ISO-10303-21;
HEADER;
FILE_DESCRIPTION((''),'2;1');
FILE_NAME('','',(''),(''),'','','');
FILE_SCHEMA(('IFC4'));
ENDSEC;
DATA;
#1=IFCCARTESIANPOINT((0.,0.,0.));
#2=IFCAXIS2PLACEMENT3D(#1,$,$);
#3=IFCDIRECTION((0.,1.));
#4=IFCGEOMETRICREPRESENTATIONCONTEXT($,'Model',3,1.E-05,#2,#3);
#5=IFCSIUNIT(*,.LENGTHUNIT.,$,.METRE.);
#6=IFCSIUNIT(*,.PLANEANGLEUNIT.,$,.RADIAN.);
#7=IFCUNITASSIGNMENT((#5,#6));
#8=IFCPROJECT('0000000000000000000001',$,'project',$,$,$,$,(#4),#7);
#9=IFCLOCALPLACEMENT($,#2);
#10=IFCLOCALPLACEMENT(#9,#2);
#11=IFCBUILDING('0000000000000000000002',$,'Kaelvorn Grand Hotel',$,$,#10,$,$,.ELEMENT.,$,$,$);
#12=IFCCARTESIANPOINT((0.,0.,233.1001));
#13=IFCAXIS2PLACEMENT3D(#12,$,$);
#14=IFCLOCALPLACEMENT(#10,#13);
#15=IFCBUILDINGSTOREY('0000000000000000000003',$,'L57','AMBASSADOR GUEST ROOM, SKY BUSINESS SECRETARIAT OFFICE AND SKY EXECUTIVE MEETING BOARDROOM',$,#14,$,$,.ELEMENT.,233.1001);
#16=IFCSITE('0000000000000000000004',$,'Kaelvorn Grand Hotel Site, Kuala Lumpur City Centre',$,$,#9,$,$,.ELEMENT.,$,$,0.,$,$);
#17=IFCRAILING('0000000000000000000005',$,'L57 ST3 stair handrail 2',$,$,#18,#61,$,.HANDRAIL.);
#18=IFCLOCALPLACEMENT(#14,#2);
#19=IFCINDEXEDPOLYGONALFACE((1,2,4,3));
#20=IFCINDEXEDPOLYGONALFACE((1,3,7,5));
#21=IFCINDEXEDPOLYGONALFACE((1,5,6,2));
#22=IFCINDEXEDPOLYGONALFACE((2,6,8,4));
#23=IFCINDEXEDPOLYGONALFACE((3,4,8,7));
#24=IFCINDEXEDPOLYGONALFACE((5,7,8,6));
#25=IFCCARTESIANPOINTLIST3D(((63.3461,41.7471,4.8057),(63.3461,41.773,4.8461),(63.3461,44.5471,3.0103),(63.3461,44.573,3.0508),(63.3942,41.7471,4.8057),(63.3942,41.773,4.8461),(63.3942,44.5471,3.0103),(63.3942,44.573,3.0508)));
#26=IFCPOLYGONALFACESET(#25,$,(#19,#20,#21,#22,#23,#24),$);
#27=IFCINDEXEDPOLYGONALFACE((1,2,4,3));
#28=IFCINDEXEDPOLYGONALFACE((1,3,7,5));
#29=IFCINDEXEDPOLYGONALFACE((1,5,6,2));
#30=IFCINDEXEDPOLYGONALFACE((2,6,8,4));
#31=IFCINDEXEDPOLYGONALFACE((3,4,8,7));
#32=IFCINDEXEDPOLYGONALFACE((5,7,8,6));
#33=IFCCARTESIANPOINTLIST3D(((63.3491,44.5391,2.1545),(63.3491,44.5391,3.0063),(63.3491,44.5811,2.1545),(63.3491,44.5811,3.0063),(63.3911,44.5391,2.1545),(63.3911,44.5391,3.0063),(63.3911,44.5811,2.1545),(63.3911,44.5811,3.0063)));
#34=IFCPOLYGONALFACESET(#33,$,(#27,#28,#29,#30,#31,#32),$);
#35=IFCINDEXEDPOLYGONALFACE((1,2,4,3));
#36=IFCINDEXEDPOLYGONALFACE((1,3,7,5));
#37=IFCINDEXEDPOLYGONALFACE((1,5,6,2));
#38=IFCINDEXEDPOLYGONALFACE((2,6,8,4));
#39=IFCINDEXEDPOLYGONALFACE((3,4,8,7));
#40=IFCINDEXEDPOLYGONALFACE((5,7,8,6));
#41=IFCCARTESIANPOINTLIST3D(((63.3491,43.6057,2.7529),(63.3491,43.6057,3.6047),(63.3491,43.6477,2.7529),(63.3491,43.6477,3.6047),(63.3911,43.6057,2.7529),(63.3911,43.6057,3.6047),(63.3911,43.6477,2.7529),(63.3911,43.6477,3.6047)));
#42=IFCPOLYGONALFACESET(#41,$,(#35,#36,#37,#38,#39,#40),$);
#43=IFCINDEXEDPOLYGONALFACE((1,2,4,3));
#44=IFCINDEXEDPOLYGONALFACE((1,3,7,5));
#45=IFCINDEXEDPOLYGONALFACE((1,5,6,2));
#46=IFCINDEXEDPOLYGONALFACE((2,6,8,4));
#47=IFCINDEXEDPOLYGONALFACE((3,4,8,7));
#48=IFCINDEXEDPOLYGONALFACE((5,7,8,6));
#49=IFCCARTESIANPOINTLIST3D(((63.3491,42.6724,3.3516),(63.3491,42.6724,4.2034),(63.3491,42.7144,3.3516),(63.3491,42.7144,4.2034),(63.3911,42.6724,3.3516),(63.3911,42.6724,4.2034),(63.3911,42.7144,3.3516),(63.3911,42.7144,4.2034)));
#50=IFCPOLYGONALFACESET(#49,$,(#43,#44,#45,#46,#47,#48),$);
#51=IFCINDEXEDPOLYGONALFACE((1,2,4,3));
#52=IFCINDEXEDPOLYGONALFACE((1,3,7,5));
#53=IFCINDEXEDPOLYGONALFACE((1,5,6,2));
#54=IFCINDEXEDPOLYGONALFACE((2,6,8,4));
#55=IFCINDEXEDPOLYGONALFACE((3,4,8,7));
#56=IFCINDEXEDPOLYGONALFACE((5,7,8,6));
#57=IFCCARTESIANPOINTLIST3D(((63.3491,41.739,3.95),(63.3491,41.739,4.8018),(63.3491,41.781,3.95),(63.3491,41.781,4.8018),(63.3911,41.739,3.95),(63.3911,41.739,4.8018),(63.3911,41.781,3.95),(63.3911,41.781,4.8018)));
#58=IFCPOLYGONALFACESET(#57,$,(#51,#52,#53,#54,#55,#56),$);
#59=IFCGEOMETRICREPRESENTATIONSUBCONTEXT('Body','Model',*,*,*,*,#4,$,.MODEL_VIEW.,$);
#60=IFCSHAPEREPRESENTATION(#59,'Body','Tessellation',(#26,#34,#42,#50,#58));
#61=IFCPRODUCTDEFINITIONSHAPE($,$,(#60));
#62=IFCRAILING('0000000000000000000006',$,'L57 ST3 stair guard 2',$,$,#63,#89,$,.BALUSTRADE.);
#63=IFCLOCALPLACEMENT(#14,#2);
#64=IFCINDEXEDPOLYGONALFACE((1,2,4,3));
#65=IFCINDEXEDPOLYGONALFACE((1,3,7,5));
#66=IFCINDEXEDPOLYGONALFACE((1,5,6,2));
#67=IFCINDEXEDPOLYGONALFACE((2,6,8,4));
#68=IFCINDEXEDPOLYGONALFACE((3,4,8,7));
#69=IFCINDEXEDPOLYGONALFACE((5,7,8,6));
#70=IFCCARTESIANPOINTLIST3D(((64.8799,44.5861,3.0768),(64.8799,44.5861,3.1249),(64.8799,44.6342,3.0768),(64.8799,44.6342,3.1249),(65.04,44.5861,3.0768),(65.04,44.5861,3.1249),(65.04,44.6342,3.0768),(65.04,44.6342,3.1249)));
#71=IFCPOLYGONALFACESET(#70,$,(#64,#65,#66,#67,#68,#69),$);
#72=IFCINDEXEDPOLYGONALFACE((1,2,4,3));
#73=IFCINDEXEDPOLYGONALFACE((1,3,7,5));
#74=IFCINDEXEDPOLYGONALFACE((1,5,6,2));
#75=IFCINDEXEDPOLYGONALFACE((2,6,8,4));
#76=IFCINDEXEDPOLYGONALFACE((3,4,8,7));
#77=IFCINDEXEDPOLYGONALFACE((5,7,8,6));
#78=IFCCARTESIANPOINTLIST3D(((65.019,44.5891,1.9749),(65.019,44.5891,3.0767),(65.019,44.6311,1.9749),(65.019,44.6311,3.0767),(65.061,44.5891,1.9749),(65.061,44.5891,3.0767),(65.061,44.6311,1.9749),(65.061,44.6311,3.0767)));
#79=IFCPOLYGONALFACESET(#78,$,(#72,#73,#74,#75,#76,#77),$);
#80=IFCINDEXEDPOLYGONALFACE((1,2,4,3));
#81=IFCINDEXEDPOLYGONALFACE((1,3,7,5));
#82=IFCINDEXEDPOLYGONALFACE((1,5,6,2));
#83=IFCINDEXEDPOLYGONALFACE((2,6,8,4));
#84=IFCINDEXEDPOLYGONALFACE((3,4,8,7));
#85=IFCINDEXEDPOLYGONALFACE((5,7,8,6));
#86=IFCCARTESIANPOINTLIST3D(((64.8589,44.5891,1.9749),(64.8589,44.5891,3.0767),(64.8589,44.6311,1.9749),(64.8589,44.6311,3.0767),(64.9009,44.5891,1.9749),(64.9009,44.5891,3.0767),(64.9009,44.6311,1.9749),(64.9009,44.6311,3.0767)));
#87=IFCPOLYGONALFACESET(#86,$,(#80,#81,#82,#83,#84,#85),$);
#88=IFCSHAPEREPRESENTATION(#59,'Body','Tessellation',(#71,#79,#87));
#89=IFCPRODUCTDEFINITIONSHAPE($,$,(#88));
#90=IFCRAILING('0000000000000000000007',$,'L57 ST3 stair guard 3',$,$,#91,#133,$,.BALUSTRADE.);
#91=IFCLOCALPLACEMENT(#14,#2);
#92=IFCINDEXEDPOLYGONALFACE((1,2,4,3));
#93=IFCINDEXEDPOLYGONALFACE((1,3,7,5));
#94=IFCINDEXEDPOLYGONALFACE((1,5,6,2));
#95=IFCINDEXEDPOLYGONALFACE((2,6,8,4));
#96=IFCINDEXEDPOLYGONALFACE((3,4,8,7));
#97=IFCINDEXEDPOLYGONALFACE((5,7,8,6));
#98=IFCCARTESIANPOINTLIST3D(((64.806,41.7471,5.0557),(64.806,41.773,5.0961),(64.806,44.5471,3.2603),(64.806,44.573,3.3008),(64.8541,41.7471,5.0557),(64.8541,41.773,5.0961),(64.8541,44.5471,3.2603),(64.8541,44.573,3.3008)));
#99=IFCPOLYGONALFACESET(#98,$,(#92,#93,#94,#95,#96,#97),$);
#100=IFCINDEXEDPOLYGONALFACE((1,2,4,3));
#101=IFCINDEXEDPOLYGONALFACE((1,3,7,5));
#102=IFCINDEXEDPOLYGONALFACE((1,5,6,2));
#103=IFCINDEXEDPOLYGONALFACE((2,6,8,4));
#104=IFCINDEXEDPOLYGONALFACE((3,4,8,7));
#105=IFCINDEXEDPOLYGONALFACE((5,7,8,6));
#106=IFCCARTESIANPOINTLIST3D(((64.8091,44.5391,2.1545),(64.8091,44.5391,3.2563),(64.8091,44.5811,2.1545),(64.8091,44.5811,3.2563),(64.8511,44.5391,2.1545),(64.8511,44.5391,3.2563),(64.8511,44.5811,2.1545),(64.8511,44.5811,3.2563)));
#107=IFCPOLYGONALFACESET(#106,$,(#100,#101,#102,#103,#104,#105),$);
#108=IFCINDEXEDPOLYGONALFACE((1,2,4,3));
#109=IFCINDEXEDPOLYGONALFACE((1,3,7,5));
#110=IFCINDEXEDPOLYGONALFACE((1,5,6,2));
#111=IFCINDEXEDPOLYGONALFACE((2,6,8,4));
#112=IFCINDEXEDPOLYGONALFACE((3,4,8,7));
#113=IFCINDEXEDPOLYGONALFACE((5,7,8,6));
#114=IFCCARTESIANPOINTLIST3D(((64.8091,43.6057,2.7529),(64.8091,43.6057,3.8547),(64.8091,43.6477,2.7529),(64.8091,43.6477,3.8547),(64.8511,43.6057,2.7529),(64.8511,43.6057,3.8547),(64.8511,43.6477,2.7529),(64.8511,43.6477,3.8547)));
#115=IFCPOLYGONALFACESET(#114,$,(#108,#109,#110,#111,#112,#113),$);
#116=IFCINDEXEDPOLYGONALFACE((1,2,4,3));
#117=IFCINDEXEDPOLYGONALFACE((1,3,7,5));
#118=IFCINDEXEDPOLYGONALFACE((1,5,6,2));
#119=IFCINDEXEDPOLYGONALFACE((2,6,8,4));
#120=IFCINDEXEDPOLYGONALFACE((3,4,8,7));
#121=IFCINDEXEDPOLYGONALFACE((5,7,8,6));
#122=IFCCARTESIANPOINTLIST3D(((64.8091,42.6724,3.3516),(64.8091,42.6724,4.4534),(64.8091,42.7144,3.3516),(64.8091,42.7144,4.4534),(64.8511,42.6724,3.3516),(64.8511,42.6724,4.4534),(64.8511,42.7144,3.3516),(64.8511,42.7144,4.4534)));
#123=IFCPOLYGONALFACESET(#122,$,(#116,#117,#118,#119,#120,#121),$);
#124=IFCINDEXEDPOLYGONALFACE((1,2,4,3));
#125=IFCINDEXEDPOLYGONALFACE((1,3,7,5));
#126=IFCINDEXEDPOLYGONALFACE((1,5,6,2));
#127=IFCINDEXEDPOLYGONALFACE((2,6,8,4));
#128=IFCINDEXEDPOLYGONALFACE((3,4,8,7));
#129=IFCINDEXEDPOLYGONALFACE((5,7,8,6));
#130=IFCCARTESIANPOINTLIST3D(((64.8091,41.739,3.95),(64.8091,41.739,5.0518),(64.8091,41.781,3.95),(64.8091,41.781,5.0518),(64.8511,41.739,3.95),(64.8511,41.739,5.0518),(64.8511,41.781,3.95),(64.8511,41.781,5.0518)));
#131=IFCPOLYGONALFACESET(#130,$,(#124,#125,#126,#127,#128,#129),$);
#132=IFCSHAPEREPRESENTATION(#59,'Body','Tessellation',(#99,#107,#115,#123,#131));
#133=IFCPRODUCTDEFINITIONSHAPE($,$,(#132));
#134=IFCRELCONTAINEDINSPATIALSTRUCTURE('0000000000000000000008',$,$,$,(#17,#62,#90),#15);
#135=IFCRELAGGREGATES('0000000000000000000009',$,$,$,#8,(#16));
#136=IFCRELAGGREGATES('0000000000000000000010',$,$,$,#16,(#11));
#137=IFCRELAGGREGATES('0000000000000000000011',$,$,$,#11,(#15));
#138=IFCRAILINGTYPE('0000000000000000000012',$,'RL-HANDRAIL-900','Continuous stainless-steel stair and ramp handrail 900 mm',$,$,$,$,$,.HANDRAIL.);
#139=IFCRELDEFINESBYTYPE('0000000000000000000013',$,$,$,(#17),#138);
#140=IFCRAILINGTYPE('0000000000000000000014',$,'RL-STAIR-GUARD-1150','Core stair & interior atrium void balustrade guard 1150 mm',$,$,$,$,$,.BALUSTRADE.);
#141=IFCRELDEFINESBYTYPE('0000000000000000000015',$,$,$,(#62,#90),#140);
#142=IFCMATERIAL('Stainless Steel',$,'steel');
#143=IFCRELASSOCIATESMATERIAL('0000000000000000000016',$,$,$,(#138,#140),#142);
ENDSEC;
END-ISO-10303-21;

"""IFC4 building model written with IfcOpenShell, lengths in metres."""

from ifc_helpers import new_model, si_unit, direction, frame, origin, origin_2d, place, context, subcontext, project, spatial, rectangle, extrude, material, type_object, element, save


model = new_model("IFC4")

# Units and contexts
model_context = context("Model", 3, precision=1e-05, world=origin(), true_north=direction((0.0, 1.0)))
body_context = subcontext(model_context, "Body", "Model", "MODEL_VIEW")
ifc_project = project(units=[si_unit("LENGTHUNIT", "METRE"), si_unit("PLANEANGLEUNIT", "RADIAN")], contexts=[model_context])

# Site, building, storey
site_placement = place(None, origin())
site = spatial("IfcSite", under=ifc_project, at=site_placement, Name="Kaelvorn Grand Hotel Site, Kuala Lumpur City Centre", CompositionType="ELEMENT", RefElevation=0.0)
building_placement = place(site_placement, origin())
building = spatial("IfcBuilding", under=site, at=building_placement, Name="Kaelvorn Grand Hotel", CompositionType="ELEMENT")
storey_placement = place(building_placement, frame((0.0, 0.0, 233.1001)))
storey = spatial("IfcBuildingStorey", under=building, at=storey_placement, Name="L57", Description="AMBASSADOR GUEST ROOM, SKY BUSINESS SECRETARIAT OFFICE AND SKY EXECUTIVE MEETING BOARDROOM", CompositionType="ELEMENT", Elevation=233.1001)

# Shared definitions
ifc_material_1 = material(Name="Stainless Steel", Category="steel")

# Railings
railing_type_1 = type_object("IfcRailingType", Name="RL-HANDRAIL-900", Description="Continuous stainless-steel stair and ramp handrail 900 mm", PredefinedType="HANDRAIL", material=ifc_material_1)
railing_1_placement = place(storey_placement, frame((63.3701, 44.5601, 2.1545)))
element("IfcRailing", 1, at=railing_1_placement, inside=storey, type_object=railing_type_1, Name="L57 ST3 stair handrail 2", PredefinedType="HANDRAIL", context=body_context, shape_type="SweptSolid", body=[
    extrude(rectangle(XDim=0.0481, YDim=0.0481, at=origin_2d()), frame((0.0, 0.0, 0.876), z_axis=(0.0, -0.84181, 0.539774), x_axis=(1.0, 0.0, 0.0)), (0.0, 0.0, 1.0), 3.3262),
    extrude(rectangle(XDim=0.042, YDim=0.042, at=origin_2d()), origin(), (0.0, 0.0, 1.0), 0.8518),
    extrude(rectangle(XDim=0.042, YDim=0.042, at=origin_2d()), frame((0.0, -0.9333, 0.5984)), (0.0, 0.0, 1.0), 0.8518),
    extrude(rectangle(XDim=0.042, YDim=0.042, at=origin_2d()), frame((0.0, -1.8667, 1.197)), (0.0, 0.0, 1.0), 0.8518),
    extrude(rectangle(XDim=0.042, YDim=0.042, at=origin_2d()), frame((0.0, -2.8, 1.7954)), (0.0, 0.0, 1.0), 0.8518),
])
railing_type_2 = type_object("IfcRailingType", Name="RL-STAIR-GUARD-1150", Description="Core stair & interior atrium void balustrade guard 1150 mm", PredefinedType="BALUSTRADE", material=ifc_material_1)
railing_2_placement = place(storey_placement, frame((65.04, 44.6101, 1.9749)))
element("IfcRailing", 2, at=railing_2_placement, inside=storey, type_object=railing_type_2, Name="L57 ST3 stair guard 2", PredefinedType="BALUSTRADE", context=body_context, shape_type="SweptSolid", body=[
    extrude(rectangle(XDim=0.0481, YDim=0.0481, at=origin_2d()), frame((0.0, 0.0, 1.126), z_axis=(-1.0, 0.0, 0.0), x_axis=(0.0, -1.0, 0.0)), (0.0, 0.0, 1.0), 0.1602),
    extrude(rectangle(XDim=0.042, YDim=0.042, at=origin_2d()), origin(), (0.0, 0.0, 1.0), 1.1018),
    extrude(rectangle(XDim=0.042, YDim=0.042, at=origin_2d()), frame((-0.1602, 0.0, 0.0)), (0.0, 0.0, 1.0), 1.1018),
])
railing_3_placement = place(storey_placement, frame((64.8301, 44.5601, 2.1545)))
element("IfcRailing", 3, at=railing_3_placement, inside=storey, type_object=railing_type_2, Name="L57 ST3 stair guard 3", PredefinedType="BALUSTRADE", context=body_context, shape_type="SweptSolid", body=[
    extrude(rectangle(XDim=0.0481, YDim=0.0481, at=origin_2d()), frame((0.0, 0.0, 1.126), z_axis=(0.0, -0.84181, 0.539774), x_axis=(1.0, 0.0, 0.0)), (0.0, 0.0, 1.0), 3.3262),
    extrude(rectangle(XDim=0.042, YDim=0.042, at=origin_2d()), origin(), (0.0, 0.0, 1.0), 1.1018),
    extrude(rectangle(XDim=0.042, YDim=0.042, at=origin_2d()), frame((0.0, -0.9333, 0.5984)), (0.0, 0.0, 1.0), 1.1018),
    extrude(rectangle(XDim=0.042, YDim=0.042, at=origin_2d()), frame((0.0, -1.8667, 1.197)), (0.0, 0.0, 1.0), 1.1018),
    extrude(rectangle(XDim=0.042, YDim=0.042, at=origin_2d()), frame((0.0, -2.8, 1.7954)), (0.0, 0.0, 1.0), 1.1018),
])

save(model, "model.ifc")
